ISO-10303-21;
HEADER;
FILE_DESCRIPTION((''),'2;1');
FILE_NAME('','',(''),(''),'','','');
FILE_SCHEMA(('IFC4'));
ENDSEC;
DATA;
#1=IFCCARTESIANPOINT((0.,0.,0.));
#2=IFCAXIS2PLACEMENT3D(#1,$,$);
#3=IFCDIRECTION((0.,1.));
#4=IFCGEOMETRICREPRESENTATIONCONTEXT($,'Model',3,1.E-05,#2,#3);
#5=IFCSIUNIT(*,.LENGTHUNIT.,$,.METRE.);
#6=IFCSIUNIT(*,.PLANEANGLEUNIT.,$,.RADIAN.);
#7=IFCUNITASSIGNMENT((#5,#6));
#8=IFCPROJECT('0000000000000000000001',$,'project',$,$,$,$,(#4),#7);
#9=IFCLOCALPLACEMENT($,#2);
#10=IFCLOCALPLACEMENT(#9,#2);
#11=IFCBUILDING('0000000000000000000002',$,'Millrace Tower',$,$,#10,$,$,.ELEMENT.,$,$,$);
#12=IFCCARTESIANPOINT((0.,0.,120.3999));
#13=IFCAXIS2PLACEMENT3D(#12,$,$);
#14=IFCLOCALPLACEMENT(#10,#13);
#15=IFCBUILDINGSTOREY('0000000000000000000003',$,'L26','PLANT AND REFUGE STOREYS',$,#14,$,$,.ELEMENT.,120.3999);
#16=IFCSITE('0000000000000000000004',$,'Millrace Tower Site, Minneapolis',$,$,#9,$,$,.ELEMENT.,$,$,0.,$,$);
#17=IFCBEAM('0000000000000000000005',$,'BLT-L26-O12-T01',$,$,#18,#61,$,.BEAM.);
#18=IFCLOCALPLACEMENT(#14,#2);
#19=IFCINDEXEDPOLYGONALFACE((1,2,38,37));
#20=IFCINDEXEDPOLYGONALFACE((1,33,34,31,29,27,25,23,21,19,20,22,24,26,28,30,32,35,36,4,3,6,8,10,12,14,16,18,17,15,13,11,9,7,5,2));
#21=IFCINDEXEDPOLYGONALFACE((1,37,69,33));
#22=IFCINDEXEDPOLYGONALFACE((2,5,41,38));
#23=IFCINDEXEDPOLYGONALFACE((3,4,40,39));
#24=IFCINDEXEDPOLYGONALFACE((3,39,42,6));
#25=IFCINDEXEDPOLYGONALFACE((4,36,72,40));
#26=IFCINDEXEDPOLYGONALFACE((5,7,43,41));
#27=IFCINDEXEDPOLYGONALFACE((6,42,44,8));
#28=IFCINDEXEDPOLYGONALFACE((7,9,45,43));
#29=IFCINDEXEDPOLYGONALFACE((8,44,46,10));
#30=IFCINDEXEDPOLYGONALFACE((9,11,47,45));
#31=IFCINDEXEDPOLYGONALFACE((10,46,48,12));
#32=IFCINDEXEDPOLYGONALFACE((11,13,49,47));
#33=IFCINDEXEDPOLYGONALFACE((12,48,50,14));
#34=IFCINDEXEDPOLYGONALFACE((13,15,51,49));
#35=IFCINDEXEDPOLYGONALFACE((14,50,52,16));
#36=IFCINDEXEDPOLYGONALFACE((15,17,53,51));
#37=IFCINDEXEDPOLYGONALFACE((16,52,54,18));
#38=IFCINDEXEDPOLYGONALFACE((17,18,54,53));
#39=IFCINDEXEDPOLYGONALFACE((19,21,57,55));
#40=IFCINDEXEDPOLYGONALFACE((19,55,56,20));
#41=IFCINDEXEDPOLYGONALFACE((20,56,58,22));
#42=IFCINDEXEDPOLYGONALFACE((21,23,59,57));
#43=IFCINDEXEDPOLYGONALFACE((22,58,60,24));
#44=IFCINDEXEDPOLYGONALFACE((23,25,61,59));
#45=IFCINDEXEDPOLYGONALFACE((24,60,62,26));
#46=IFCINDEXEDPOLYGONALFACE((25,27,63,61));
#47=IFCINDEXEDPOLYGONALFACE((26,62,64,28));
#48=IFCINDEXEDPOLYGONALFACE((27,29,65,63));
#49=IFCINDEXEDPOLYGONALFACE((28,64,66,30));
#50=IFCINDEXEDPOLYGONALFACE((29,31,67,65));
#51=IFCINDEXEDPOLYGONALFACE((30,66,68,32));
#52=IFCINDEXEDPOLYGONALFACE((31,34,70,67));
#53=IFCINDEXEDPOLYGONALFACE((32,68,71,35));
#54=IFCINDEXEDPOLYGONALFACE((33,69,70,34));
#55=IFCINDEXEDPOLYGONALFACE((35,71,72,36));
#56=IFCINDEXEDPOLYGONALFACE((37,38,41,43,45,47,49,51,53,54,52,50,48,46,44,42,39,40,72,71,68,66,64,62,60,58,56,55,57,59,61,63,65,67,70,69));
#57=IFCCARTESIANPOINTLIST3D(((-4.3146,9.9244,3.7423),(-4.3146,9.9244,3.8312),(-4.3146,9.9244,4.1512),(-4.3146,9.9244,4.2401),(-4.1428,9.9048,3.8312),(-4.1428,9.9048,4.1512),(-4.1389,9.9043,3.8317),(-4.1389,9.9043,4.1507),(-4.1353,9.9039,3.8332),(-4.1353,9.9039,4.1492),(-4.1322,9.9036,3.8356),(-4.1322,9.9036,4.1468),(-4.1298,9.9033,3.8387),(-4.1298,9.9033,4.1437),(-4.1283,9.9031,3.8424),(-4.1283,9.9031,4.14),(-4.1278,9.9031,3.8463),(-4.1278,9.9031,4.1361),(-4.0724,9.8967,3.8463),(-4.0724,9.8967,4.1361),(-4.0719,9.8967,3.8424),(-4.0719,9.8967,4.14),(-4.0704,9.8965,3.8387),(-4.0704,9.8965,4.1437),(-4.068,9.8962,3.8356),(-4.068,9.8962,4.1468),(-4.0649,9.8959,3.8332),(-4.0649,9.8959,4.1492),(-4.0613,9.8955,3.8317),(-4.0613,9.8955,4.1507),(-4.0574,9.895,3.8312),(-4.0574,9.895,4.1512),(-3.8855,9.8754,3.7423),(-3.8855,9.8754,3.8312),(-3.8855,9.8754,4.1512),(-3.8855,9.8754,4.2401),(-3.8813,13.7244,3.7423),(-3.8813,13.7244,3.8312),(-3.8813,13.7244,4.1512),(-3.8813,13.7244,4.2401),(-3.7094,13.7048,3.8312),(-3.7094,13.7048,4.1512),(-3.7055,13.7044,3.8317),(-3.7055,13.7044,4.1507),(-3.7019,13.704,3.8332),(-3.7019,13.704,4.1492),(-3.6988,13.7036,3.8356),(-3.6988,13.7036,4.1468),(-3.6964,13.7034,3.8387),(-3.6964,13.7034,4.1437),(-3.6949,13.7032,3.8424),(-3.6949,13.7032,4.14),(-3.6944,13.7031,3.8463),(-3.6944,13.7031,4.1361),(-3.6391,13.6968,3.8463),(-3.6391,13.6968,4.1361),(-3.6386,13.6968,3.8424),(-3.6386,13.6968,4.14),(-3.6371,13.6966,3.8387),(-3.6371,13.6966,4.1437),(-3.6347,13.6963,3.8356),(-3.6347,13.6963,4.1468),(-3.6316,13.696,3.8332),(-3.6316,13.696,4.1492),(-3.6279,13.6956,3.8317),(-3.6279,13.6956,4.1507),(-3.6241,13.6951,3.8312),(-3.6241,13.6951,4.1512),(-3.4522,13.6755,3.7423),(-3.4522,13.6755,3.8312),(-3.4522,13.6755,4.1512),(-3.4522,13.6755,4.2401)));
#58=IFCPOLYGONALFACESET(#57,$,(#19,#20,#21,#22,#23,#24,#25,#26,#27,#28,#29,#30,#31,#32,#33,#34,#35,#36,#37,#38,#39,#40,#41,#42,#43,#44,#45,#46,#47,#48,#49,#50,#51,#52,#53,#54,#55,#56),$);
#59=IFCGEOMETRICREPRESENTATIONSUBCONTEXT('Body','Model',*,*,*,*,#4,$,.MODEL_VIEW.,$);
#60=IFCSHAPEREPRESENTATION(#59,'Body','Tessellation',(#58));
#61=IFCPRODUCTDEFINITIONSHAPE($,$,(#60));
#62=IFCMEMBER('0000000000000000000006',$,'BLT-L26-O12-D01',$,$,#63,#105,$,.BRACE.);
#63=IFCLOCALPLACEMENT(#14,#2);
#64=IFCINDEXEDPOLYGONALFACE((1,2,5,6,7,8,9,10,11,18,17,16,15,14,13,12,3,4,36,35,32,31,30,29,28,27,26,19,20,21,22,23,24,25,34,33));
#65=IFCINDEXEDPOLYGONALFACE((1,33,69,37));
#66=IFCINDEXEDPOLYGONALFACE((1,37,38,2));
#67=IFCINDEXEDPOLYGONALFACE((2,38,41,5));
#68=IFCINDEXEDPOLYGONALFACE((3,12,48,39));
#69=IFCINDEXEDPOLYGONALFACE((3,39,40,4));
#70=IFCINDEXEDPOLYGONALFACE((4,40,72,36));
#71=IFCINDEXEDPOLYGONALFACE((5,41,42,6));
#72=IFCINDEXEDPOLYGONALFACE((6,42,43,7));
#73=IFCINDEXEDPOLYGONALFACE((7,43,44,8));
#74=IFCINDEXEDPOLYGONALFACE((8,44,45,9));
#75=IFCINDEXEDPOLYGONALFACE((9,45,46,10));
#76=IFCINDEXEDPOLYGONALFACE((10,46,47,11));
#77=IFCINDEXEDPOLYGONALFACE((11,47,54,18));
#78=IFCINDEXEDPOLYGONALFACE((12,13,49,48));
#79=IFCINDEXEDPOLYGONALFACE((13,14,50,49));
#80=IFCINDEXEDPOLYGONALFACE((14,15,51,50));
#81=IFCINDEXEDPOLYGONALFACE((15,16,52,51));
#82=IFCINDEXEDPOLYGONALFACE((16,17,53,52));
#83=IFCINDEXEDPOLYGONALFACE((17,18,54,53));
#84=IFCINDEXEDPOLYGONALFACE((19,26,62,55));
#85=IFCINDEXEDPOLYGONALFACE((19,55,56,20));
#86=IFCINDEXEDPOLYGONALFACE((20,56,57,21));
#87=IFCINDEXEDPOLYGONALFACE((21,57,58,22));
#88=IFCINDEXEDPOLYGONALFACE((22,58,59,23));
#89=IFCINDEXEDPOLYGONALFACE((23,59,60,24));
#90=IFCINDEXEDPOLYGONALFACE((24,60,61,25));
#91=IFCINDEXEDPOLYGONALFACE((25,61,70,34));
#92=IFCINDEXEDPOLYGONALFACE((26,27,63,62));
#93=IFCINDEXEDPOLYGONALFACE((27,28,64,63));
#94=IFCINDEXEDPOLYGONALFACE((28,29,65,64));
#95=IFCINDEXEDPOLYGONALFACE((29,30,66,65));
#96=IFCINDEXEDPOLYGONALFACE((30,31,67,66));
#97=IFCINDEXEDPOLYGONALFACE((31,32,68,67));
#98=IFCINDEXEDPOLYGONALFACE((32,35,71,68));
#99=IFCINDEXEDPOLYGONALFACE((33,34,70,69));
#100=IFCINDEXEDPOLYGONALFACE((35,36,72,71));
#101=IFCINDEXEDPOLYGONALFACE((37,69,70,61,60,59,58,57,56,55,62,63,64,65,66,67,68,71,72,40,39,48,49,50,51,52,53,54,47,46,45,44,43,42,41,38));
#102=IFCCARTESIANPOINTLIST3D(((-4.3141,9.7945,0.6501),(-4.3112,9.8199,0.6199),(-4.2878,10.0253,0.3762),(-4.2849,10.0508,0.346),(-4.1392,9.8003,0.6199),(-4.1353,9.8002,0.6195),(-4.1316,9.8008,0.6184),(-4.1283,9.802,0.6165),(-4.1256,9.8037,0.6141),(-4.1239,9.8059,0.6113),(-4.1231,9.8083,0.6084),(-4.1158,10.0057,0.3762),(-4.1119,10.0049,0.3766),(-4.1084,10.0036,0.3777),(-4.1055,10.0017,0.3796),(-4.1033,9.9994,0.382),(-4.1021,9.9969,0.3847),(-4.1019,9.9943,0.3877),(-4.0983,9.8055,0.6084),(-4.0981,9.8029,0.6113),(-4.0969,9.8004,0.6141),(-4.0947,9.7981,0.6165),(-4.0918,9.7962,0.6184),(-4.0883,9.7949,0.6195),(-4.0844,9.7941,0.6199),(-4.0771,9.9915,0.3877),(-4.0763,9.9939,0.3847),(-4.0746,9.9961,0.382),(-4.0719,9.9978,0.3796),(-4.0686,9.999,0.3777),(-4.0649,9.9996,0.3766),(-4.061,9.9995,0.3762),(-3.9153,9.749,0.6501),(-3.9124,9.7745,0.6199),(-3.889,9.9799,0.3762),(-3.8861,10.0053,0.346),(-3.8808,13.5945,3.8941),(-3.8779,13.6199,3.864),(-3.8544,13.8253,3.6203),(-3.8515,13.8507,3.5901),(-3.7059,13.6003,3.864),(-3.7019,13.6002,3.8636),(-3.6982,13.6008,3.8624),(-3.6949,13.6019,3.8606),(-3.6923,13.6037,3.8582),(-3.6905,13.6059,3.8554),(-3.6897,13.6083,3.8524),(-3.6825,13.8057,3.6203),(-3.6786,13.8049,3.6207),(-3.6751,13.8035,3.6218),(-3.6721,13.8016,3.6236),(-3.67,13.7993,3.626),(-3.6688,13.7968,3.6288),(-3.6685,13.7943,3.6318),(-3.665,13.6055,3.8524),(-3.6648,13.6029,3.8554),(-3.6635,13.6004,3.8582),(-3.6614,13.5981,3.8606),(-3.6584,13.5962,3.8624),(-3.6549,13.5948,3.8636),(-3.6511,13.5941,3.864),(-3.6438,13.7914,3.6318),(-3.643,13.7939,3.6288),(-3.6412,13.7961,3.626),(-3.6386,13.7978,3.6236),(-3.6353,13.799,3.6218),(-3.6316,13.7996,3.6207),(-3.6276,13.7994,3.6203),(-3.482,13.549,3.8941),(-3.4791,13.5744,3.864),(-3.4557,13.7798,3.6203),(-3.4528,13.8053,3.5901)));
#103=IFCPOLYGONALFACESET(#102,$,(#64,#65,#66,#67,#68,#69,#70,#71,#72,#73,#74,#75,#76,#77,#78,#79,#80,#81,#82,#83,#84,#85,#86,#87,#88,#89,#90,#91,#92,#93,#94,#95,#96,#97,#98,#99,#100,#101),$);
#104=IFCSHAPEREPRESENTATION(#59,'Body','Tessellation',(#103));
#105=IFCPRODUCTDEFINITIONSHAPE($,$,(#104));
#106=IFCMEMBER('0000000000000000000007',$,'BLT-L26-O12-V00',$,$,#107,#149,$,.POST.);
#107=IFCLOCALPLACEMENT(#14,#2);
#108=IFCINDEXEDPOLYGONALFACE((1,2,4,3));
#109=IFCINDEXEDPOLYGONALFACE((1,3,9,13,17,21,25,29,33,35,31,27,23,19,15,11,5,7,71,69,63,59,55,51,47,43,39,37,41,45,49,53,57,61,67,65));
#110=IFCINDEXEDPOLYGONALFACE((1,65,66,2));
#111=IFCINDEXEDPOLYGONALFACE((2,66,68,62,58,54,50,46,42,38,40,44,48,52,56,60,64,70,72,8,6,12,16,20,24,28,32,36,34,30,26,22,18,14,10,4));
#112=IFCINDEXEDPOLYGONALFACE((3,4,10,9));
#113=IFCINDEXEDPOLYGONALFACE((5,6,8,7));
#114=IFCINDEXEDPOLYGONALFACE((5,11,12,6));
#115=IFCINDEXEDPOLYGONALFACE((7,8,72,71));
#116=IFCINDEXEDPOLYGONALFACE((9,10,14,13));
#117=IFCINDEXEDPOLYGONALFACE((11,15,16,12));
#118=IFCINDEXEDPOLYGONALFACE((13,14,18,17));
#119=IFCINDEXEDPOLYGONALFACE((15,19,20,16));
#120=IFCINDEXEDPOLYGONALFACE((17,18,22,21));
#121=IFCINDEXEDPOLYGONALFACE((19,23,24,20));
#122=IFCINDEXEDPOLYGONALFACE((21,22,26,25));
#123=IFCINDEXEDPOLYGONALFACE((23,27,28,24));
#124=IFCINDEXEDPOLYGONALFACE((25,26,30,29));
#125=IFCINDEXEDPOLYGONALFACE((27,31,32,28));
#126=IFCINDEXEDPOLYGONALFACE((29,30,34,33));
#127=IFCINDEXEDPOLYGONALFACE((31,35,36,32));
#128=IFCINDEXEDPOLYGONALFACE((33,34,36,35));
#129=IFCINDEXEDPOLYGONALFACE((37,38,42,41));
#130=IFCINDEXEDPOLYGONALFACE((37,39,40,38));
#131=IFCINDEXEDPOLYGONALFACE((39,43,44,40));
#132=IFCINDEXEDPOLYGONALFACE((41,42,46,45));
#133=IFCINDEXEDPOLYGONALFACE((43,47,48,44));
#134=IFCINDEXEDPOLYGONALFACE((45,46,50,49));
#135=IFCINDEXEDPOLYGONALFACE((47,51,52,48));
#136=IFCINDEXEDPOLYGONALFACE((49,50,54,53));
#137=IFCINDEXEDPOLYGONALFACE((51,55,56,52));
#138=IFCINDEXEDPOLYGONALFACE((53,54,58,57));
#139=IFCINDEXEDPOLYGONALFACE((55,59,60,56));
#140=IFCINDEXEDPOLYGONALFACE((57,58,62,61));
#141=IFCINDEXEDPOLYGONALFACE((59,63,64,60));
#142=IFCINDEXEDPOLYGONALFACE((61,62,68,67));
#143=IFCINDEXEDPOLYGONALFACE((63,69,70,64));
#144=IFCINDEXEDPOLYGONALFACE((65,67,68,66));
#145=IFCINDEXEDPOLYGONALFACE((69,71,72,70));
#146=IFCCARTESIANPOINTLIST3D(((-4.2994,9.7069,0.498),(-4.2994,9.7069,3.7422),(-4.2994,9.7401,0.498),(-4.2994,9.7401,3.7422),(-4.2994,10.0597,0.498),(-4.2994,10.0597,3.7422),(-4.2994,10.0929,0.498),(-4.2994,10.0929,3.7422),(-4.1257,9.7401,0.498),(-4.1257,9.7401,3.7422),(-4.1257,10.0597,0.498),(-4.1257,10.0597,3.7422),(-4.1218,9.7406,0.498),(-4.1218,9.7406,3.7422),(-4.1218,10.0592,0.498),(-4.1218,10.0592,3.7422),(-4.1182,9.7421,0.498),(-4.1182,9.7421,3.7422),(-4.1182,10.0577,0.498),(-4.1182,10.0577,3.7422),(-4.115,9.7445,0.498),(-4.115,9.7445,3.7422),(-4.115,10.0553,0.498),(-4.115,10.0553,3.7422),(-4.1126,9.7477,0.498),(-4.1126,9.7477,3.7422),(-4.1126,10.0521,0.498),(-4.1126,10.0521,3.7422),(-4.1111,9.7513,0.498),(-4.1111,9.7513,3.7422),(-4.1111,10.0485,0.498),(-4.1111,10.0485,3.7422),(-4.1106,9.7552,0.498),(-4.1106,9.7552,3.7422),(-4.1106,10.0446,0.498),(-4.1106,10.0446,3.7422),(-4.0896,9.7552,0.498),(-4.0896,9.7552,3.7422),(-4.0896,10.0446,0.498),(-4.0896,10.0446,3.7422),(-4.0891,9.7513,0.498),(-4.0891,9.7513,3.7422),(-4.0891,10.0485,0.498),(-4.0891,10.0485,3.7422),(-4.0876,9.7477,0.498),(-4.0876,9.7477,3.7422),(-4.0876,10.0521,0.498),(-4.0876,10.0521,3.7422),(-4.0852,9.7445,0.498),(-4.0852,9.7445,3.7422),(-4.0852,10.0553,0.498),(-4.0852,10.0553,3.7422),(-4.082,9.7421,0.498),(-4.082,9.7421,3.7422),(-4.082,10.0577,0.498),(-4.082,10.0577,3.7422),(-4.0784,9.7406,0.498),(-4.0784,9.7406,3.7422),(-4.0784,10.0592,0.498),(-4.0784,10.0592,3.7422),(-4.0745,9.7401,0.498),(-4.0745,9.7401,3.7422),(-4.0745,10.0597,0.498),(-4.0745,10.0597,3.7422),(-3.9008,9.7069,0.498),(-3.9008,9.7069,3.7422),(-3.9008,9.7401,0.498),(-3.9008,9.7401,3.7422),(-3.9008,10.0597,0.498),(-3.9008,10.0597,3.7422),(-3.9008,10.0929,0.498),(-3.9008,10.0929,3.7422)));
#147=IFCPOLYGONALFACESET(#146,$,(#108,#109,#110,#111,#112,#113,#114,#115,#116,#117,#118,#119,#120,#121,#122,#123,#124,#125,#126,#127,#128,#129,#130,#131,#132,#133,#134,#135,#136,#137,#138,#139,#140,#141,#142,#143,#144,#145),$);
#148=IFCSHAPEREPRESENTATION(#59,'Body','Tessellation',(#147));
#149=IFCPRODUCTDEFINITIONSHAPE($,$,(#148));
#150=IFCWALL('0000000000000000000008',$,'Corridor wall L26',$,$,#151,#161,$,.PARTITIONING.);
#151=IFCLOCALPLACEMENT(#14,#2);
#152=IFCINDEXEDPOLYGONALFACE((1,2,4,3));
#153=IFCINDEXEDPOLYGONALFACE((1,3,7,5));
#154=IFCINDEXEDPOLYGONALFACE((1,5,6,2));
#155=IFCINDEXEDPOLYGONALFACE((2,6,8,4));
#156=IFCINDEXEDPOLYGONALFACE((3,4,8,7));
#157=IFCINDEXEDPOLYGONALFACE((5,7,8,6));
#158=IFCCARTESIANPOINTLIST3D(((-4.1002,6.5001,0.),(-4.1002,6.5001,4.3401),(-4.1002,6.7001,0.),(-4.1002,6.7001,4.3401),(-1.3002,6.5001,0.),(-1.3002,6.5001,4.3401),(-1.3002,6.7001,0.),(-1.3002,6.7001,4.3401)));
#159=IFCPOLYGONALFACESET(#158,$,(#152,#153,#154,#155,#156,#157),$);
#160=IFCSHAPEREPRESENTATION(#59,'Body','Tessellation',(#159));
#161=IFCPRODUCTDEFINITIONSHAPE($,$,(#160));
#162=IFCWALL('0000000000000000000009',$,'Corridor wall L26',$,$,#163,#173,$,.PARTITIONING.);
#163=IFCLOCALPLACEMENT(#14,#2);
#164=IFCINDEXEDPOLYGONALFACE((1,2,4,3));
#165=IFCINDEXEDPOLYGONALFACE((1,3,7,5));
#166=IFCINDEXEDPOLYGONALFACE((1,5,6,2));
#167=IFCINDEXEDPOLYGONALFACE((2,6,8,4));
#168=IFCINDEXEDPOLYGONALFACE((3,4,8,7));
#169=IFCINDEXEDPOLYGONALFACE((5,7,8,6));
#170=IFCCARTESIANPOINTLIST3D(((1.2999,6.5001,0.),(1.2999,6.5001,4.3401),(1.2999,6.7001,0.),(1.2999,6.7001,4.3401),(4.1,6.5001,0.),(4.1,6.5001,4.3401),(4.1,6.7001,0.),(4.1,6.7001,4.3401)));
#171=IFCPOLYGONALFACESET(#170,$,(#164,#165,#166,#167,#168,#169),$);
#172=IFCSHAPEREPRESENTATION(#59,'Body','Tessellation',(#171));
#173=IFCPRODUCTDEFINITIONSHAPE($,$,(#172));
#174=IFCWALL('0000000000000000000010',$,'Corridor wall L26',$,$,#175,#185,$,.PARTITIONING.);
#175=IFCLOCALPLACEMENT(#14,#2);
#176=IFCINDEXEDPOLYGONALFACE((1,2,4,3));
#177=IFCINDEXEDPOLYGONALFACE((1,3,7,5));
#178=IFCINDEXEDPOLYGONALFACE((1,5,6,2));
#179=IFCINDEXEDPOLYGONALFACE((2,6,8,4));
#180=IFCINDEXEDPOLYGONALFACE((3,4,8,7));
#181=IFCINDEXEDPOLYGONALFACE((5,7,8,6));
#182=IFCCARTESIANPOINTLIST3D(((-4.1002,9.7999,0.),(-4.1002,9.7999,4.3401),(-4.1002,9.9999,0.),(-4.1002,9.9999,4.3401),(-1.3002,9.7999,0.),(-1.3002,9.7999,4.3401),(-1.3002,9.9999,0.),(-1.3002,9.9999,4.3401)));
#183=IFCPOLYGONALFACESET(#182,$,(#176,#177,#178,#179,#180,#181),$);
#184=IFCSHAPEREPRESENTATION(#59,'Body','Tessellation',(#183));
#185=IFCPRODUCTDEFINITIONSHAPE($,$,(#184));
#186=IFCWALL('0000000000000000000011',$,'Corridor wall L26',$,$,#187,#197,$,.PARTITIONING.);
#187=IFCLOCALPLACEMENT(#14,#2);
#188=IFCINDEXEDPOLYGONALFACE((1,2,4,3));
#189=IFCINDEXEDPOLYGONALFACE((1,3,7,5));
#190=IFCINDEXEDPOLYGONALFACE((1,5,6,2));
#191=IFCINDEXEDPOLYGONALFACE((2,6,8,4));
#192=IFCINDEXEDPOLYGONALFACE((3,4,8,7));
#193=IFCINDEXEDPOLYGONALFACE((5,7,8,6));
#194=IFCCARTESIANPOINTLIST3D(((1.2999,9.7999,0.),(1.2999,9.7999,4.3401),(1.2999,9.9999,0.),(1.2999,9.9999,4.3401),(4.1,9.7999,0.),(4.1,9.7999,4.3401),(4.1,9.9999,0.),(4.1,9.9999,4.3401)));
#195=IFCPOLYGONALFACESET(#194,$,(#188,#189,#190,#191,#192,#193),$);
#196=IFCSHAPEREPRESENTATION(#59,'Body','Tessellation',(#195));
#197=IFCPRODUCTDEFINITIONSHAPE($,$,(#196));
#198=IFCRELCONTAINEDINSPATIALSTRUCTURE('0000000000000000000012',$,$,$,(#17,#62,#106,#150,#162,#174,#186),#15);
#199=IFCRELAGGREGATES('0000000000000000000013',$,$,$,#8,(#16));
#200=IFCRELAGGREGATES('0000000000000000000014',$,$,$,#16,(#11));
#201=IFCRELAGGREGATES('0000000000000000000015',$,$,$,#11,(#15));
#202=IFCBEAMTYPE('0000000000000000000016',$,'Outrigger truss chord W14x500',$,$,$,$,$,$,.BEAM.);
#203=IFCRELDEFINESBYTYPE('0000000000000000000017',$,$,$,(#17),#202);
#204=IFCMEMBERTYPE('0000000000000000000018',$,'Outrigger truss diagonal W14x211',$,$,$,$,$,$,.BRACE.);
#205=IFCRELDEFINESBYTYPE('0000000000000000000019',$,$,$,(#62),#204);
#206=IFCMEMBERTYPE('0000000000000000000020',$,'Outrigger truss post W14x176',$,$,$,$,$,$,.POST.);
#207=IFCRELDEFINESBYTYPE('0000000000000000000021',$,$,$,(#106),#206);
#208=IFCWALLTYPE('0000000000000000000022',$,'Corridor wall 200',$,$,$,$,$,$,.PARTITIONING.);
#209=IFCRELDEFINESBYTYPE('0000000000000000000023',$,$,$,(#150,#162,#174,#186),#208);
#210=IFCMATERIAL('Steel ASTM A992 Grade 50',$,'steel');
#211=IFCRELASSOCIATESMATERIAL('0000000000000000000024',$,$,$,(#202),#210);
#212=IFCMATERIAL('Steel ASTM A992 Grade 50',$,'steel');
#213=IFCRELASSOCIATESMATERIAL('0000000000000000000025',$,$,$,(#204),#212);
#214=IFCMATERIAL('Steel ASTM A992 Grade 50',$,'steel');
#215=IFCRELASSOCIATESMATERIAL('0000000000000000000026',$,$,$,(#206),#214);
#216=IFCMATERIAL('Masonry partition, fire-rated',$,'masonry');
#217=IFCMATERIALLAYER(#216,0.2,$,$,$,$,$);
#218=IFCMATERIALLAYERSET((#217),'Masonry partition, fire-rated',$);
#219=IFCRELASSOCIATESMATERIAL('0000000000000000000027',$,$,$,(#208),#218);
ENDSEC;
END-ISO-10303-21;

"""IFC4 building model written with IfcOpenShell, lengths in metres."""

from ifc_helpers import new_model, si_unit, direction, frame, frame_2d, origin, origin_2d, place, context, subcontext, project, spatial, rectangle, i_section, extrude, material, layer, layer_set, material_profile, profile_set, type_object, element, save


model = new_model("IFC4")

# Units and contexts
model_context = context("Model", 3, precision=1e-05, world=origin(), true_north=direction((0.0, 1.0)))
body_context = subcontext(model_context, "Body", "Model", "MODEL_VIEW")
ifc_project = project(units=[si_unit("LENGTHUNIT", "METRE"), si_unit("PLANEANGLEUNIT", "RADIAN")], contexts=[model_context])

# Site, building, storey
site_placement = place(None, origin())
site = spatial("IfcSite", under=ifc_project, at=site_placement, Name="Millrace Tower Site, Minneapolis", CompositionType="ELEMENT", RefElevation=0.0)
building_placement = place(site_placement, origin())
building = spatial("IfcBuilding", under=site, at=building_placement, Name="Millrace Tower", CompositionType="ELEMENT")
storey_placement = place(building_placement, frame((0.0, 0.0, 120.3999)))
storey = spatial("IfcBuildingStorey", under=building, at=storey_placement, Name="L26", Description="PLANT AND REFUGE STOREYS", CompositionType="ELEMENT", Elevation=120.3999)

# Beam
ifc_material_1 = material(Name="Steel ASTM A992 Grade 50", Category="steel")
ifc_material_profile_1 = material_profile(ifc_material_1, i_section(OverallWidth=0.4319, OverallDepth=0.4978, WebThickness=0.0557, FlangeThickness=0.0889, FilletRadius=0.0151, at=origin_2d()))
ifc_profile_set_1 = profile_set([ifc_material_profile_1], Name="Steel ASTM A992 Grade 50")
beam_type_1 = type_object("IfcBeamType", Name="Outrigger truss chord W14x500", PredefinedType="BEAM", material=ifc_profile_set_1)
for number, where, z_axis, x_axis, name in (
    (1, (-4.1001, 9.8999, 3.9912), (0.113304, 0.99356, 0.0), (-0.99356, 0.113304, 0.0), "BLT-L26-O12-T01"),
):
    element("IfcBeam", number, at=place(storey_placement, frame(where, z_axis=z_axis, x_axis=x_axis)), inside=storey, type_object=beam_type_1, Name=name, PredefinedType="BEAM", context=body_context, shape_type="SweptSolid", body=[
        extrude(i_section(OverallWidth=0.4319, OverallDepth=0.4978, WebThickness=0.0557, FlangeThickness=0.0889, FilletRadius=0.0151, at=origin_2d()), origin(), (0.0, 0.0, 1.0), 3.8247),
    ])

# Members
ifc_material_2 = material(Name="Steel ASTM A992 Grade 50", Category="steel")
ifc_material_profile_2 = material_profile(ifc_material_2, i_section(OverallWidth=0.4014, OverallDepth=0.3987, WebThickness=0.0249, FlangeThickness=0.0396, FilletRadius=0.0151, at=origin_2d()))
ifc_profile_set_2 = profile_set([ifc_material_profile_2], Name="Steel ASTM A992 Grade 50")
member_type_1 = type_object("IfcMemberType", Name="Outrigger truss diagonal W14x211", PredefinedType="BRACE", material=ifc_profile_set_2)
member_1_placement = place(storey_placement, frame((-4.1001, 9.8999, 0.498), z_axis=(0.086407, 0.757701, 0.646857), x_axis=(-0.99356, 0.113304, 0.0)))
element("IfcMember", 2, at=member_1_placement, inside=storey, type_object=member_type_1, Name="BLT-L26-O12-D01", PredefinedType="BRACE", context=body_context, shape_type="SweptSolid", body=[
    extrude(i_section(OverallWidth=0.4014, OverallDepth=0.3987, WebThickness=0.0249, FlangeThickness=0.0396, FilletRadius=0.0151, at=origin_2d()), origin(), (0.0, 0.0, 1.0), 5.0151),
])
ifc_material_3 = material(Name="Steel ASTM A992 Grade 50", Category="steel")
ifc_material_profile_3 = material_profile(ifc_material_3, i_section(OverallWidth=0.3987, OverallDepth=0.386, WebThickness=0.021, FlangeThickness=0.0332, FilletRadius=0.0151, at=origin_2d()))
ifc_profile_set_3 = profile_set([ifc_material_profile_3], Name="Steel ASTM A992 Grade 50")
member_type_2 = type_object("IfcMemberType", Name="Outrigger truss post W14x176", PredefinedType="POST", material=ifc_profile_set_3)
member_2_placement = place(storey_placement, frame((-4.1001, 9.8999, 0.498), z_axis=(0.0, 0.0, 1.0), x_axis=(1.0, 0.0, 0.0)))
element("IfcMember", 3, at=member_2_placement, inside=storey, type_object=member_type_2, Name="BLT-L26-O12-V00", PredefinedType="POST", context=body_context, shape_type="SweptSolid", body=[
    extrude(i_section(OverallWidth=0.3987, OverallDepth=0.386, WebThickness=0.021, FlangeThickness=0.0332, FilletRadius=0.0151, at=origin_2d()), origin(), (0.0, 0.0, 1.0), 3.2441),
])

# Walls
ifc_material_4 = material(Name="Masonry partition, fire-rated", Category="masonry")
ifc_layer_1 = layer(ifc_material_4, 0.2)
ifc_layer_set_1 = layer_set([ifc_layer_1], Name="Masonry partition, fire-rated")
wall_type_1 = type_object("IfcWallType", Name="Corridor wall 200", PredefinedType="PARTITIONING", material=ifc_layer_set_1)
for number, where, z_axis, x_axis, name in (
    (4, (-4.1001, 6.6001, 0.0), (0.0, 0.0, 1.0), (1.0, 0.0, 0.0), "Corridor wall L26"),
    (5, (1.3, 6.6001, 0.0), (0.0, 0.0, 1.0), (1.0, 0.0, 0.0), "Corridor wall L26"),
    (6, (-4.1001, 9.8999, 0.0), (0.0, 0.0, 1.0), (1.0, 0.0, 0.0), "Corridor wall L26"),
    (7, (1.3, 9.8999, 0.0), (0.0, 0.0, 1.0), (1.0, 0.0, 0.0), "Corridor wall L26"),
):
    element("IfcWall", number, at=place(storey_placement, frame(where, z_axis=z_axis, x_axis=x_axis)), inside=storey, type_object=wall_type_1, Name=name, PredefinedType="PARTITIONING", context=body_context, shape_type="SweptSolid", body=[
        extrude(rectangle(XDim=2.8, YDim=0.2, at=frame_2d((1.3999, 0.0))), origin(), (0.0, 0.0, 1.0), 4.3401),
    ])

save(model, "model.ifc")
